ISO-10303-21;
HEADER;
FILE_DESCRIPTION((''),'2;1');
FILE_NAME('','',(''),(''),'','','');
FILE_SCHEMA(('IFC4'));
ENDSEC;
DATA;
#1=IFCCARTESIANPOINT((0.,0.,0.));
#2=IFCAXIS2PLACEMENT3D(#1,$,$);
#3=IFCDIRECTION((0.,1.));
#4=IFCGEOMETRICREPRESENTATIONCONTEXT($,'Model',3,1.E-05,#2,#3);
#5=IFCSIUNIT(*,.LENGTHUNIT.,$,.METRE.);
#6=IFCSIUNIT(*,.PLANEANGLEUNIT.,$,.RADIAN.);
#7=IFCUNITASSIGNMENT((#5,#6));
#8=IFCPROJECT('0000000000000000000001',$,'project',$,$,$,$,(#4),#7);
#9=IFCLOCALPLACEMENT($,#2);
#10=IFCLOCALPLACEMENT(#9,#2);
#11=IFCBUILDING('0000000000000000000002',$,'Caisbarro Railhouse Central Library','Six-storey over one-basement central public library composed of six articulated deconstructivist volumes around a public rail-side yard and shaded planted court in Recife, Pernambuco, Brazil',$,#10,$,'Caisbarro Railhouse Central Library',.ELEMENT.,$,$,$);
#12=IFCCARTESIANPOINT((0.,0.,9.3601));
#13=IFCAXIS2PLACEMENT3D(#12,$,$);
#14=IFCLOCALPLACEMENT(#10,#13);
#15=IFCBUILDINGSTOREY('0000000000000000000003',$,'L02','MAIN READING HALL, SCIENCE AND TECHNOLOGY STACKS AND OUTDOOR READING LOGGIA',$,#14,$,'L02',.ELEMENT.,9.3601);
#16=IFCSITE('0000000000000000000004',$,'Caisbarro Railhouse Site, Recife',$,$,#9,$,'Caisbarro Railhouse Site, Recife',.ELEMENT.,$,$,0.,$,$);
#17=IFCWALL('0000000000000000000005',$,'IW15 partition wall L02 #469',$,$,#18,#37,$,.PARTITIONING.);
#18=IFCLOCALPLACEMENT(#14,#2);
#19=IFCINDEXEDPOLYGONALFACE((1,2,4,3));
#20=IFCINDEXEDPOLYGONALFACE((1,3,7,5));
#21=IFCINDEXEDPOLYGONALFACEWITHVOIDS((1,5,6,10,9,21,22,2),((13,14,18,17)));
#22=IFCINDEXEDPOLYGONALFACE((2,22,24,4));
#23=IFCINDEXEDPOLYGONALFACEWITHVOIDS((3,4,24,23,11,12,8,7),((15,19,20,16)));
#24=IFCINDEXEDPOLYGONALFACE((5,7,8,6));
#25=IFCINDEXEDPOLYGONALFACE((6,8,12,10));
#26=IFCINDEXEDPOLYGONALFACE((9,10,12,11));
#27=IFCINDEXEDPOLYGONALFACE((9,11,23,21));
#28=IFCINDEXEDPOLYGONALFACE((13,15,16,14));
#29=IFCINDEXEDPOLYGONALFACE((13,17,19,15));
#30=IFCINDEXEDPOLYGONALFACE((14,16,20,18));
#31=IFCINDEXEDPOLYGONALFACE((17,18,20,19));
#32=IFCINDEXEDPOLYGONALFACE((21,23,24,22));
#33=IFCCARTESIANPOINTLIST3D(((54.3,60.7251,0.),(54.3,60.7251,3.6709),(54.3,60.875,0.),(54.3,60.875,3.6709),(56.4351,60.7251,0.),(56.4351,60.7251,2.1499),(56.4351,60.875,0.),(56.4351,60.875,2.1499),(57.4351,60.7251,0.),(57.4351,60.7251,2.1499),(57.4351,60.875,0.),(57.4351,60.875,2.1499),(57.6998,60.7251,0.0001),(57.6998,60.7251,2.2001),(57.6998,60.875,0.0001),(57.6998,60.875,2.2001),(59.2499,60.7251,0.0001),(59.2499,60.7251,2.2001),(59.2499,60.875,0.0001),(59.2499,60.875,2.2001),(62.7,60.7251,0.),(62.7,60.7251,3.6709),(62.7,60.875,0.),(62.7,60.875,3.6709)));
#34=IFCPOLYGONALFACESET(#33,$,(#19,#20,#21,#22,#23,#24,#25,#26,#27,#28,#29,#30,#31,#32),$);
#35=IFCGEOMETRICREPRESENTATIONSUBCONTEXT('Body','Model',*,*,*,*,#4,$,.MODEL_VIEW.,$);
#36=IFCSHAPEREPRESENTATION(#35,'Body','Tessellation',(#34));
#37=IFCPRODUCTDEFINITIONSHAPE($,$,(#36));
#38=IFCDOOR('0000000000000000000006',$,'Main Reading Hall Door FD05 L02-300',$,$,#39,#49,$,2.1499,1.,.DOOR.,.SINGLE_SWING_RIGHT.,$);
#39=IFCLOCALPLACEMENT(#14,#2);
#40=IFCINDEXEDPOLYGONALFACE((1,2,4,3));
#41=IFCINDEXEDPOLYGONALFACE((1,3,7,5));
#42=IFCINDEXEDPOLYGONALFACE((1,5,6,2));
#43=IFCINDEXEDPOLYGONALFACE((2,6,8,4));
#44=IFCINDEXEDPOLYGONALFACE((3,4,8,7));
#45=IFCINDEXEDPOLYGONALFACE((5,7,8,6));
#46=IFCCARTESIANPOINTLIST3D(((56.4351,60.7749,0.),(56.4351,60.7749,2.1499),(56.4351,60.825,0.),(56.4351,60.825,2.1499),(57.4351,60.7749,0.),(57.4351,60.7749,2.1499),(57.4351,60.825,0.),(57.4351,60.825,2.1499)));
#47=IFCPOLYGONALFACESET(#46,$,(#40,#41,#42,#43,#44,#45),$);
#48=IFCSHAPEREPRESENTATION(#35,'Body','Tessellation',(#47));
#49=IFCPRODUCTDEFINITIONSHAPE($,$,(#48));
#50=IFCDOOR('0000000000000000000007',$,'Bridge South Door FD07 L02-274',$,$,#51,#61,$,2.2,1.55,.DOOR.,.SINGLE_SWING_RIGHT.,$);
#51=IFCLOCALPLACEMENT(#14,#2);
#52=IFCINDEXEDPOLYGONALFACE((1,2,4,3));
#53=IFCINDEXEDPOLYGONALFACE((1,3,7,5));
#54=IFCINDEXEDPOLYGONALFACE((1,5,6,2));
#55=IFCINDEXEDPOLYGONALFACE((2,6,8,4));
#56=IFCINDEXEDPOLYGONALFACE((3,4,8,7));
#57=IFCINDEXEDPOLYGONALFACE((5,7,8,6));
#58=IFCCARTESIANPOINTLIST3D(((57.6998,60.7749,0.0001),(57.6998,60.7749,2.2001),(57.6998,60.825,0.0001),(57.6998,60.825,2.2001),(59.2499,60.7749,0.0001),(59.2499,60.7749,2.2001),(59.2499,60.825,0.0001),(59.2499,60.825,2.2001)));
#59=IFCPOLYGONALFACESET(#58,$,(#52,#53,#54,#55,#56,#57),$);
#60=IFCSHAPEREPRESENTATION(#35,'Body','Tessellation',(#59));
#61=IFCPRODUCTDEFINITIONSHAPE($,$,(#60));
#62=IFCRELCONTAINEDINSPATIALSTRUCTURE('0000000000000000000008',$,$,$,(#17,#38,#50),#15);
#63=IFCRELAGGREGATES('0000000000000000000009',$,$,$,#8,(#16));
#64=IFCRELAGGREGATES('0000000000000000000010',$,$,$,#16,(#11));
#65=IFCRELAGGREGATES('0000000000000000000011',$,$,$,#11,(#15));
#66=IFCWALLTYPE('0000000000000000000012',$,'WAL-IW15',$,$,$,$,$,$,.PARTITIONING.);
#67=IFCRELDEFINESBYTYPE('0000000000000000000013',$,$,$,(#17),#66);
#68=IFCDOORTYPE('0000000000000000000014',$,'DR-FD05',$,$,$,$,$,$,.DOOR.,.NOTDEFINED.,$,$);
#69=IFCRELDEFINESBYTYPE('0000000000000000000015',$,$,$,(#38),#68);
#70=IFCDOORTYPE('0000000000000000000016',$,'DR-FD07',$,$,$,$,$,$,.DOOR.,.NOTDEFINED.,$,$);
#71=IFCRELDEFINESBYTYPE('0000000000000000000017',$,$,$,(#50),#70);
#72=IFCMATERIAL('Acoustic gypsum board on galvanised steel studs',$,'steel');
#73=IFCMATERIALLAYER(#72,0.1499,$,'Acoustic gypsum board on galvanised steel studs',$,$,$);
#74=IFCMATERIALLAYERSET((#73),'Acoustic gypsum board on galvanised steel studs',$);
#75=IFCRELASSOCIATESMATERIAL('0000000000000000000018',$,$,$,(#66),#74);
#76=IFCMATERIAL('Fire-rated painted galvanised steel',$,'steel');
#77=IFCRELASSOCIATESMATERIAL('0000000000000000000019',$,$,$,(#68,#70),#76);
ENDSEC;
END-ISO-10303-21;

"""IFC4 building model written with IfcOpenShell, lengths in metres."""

from ifc_helpers import new_model, si_unit, direction, frame, frame_2d, origin, place, context, subcontext, project, spatial, rectangle, extrude, material, layer, layer_set, type_object, element, fill, save


model = new_model("IFC4")

# Units and contexts
model_context = context("Model", 3, precision=1e-05, world=origin(), true_north=direction((0.0, 1.0)))
body_context = subcontext(model_context, "Body", "Model", "MODEL_VIEW")
ifc_project = project(units=[si_unit("LENGTHUNIT", "METRE"), si_unit("PLANEANGLEUNIT", "RADIAN")], contexts=[model_context])

# Site, building, storey
site_placement = place(None, origin())
site = spatial("IfcSite", under=ifc_project, at=site_placement, Name="Caisbarro Railhouse Site, Recife", LongName="Caisbarro Railhouse Site, Recife", CompositionType="ELEMENT", RefElevation=0.0)
building_placement = place(site_placement, origin())
building = spatial("IfcBuilding", under=site, at=building_placement, Name="Caisbarro Railhouse Central Library", Description="Six-storey over one-basement central public library composed of six articulated deconstructivist volumes around a public rail-side yard and shaded planted court in Recife, Pernambuco, Brazil", LongName="Caisbarro Railhouse Central Library", CompositionType="ELEMENT")
storey_placement = place(building_placement, frame((0.0, 0.0, 9.3601)))
storey = spatial("IfcBuildingStorey", under=building, at=storey_placement, Name="L02", Description="MAIN READING HALL, SCIENCE AND TECHNOLOGY STACKS AND OUTDOOR READING LOGGIA", LongName="L02", CompositionType="ELEMENT", Elevation=9.3601)

# Wall, openings, doors
ifc_material_1 = material(Name="Acoustic gypsum board on galvanised steel studs", Category="steel")
ifc_layer_1 = layer(ifc_material_1, 0.1499, Name="Acoustic gypsum board on galvanised steel studs")
ifc_layer_set_1 = layer_set([ifc_layer_1], Name="Acoustic gypsum board on galvanised steel studs")
wall_type = type_object("IfcWallType", Name="WAL-IW15", PredefinedType="PARTITIONING", material=ifc_layer_set_1)
wall_placement = place(storey_placement, frame((54.3, 60.8, 0.0), z_axis=(0.0, 0.0, 1.0), x_axis=(1.0, 0.0, 0.0)))
wall = element("IfcWall", 1, at=wall_placement, inside=storey, type_object=wall_type, Name="IW15 partition wall L02 #469", PredefinedType="PARTITIONING", context=body_context, shape_type="SweptSolid", body=[
    extrude(rectangle(XDim=8.3999, YDim=0.1499, at=frame_2d((4.2, 0.0))), origin(), (0.0, 0.0, 1.0), 3.6709),
])
opening_1_placement = place(wall_placement, frame((3.3999, 0.0, 0.0)))
opening_1 = element("IfcOpeningElement", 2, at=opening_1_placement, cuts=wall, PredefinedType="OPENING", context=body_context, shape_type="SweptSolid", body=[
    extrude(rectangle(XDim=1.55, YDim=2.2, at=frame_2d((0.7749, 1.1001))), frame((0.0, 0.085, 0.0), z_axis=(0.0, -1.0, 0.0), x_axis=(1.0, 0.0, 0.0)), (0.0, 0.0, 1.0), 0.1699),
])
opening_2_placement = place(wall_placement, frame((2.135, 0.0, 0.0)))
opening_2 = element("IfcOpeningElement", 3, at=opening_2_placement, cuts=wall, PredefinedType="OPENING", context=body_context, shape_type="SweptSolid", body=[
    extrude(rectangle(XDim=1.0, YDim=2.1499, at=frame_2d((0.5, 1.075))), frame((0.0, 0.085, 0.0), z_axis=(0.0, -1.0, 0.0), x_axis=(1.0, 0.0, 0.0)), (0.0, 0.0, 1.0), 0.1699),
])
ifc_material_2 = material(Name="Fire-rated painted galvanised steel", Category="steel")
door_type_1 = type_object("IfcDoorType", Name="DR-FD05", OperationType="NOTDEFINED", PredefinedType="DOOR", material=ifc_material_2)
door_1_placement = place(opening_2_placement, origin())
door_1 = element("IfcDoor", 4, at=door_1_placement, inside=storey, type_object=door_type_1, Name="Main Reading Hall Door FD05 L02-300", OperationType="SINGLE_SWING_RIGHT", OverallHeight=2.1499, OverallWidth=1.0, PredefinedType="DOOR", context=body_context, shape_type="SweptSolid", body=[
    extrude(rectangle(XDim=1.0, YDim=2.1499, at=frame_2d((0.5, 1.075))), frame((0.0, 0.0249, 0.0), z_axis=(0.0, -1.0, 0.0), x_axis=(1.0, 0.0, 0.0)), (0.0, 0.0, 1.0), 0.05),
])
fill(opening_2, door_1)
door_type_2 = type_object("IfcDoorType", Name="DR-FD07", OperationType="NOTDEFINED", PredefinedType="DOOR", material=ifc_material_2)
door_2_placement = place(opening_1_placement, origin())
door_2 = element("IfcDoor", 5, at=door_2_placement, inside=storey, type_object=door_type_2, Name="Bridge South Door FD07 L02-274", OperationType="SINGLE_SWING_RIGHT", OverallHeight=2.2, OverallWidth=1.55, PredefinedType="DOOR", context=body_context, shape_type="SweptSolid", body=[
    extrude(rectangle(XDim=1.55, YDim=2.2, at=frame_2d((0.7749, 1.1001))), frame((0.0, 0.0249, 0.0), z_axis=(0.0, -1.0, 0.0), x_axis=(1.0, 0.0, 0.0)), (0.0, 0.0, 1.0), 0.05),
])
fill(opening_1, door_2)

save(model, "model.ifc")
